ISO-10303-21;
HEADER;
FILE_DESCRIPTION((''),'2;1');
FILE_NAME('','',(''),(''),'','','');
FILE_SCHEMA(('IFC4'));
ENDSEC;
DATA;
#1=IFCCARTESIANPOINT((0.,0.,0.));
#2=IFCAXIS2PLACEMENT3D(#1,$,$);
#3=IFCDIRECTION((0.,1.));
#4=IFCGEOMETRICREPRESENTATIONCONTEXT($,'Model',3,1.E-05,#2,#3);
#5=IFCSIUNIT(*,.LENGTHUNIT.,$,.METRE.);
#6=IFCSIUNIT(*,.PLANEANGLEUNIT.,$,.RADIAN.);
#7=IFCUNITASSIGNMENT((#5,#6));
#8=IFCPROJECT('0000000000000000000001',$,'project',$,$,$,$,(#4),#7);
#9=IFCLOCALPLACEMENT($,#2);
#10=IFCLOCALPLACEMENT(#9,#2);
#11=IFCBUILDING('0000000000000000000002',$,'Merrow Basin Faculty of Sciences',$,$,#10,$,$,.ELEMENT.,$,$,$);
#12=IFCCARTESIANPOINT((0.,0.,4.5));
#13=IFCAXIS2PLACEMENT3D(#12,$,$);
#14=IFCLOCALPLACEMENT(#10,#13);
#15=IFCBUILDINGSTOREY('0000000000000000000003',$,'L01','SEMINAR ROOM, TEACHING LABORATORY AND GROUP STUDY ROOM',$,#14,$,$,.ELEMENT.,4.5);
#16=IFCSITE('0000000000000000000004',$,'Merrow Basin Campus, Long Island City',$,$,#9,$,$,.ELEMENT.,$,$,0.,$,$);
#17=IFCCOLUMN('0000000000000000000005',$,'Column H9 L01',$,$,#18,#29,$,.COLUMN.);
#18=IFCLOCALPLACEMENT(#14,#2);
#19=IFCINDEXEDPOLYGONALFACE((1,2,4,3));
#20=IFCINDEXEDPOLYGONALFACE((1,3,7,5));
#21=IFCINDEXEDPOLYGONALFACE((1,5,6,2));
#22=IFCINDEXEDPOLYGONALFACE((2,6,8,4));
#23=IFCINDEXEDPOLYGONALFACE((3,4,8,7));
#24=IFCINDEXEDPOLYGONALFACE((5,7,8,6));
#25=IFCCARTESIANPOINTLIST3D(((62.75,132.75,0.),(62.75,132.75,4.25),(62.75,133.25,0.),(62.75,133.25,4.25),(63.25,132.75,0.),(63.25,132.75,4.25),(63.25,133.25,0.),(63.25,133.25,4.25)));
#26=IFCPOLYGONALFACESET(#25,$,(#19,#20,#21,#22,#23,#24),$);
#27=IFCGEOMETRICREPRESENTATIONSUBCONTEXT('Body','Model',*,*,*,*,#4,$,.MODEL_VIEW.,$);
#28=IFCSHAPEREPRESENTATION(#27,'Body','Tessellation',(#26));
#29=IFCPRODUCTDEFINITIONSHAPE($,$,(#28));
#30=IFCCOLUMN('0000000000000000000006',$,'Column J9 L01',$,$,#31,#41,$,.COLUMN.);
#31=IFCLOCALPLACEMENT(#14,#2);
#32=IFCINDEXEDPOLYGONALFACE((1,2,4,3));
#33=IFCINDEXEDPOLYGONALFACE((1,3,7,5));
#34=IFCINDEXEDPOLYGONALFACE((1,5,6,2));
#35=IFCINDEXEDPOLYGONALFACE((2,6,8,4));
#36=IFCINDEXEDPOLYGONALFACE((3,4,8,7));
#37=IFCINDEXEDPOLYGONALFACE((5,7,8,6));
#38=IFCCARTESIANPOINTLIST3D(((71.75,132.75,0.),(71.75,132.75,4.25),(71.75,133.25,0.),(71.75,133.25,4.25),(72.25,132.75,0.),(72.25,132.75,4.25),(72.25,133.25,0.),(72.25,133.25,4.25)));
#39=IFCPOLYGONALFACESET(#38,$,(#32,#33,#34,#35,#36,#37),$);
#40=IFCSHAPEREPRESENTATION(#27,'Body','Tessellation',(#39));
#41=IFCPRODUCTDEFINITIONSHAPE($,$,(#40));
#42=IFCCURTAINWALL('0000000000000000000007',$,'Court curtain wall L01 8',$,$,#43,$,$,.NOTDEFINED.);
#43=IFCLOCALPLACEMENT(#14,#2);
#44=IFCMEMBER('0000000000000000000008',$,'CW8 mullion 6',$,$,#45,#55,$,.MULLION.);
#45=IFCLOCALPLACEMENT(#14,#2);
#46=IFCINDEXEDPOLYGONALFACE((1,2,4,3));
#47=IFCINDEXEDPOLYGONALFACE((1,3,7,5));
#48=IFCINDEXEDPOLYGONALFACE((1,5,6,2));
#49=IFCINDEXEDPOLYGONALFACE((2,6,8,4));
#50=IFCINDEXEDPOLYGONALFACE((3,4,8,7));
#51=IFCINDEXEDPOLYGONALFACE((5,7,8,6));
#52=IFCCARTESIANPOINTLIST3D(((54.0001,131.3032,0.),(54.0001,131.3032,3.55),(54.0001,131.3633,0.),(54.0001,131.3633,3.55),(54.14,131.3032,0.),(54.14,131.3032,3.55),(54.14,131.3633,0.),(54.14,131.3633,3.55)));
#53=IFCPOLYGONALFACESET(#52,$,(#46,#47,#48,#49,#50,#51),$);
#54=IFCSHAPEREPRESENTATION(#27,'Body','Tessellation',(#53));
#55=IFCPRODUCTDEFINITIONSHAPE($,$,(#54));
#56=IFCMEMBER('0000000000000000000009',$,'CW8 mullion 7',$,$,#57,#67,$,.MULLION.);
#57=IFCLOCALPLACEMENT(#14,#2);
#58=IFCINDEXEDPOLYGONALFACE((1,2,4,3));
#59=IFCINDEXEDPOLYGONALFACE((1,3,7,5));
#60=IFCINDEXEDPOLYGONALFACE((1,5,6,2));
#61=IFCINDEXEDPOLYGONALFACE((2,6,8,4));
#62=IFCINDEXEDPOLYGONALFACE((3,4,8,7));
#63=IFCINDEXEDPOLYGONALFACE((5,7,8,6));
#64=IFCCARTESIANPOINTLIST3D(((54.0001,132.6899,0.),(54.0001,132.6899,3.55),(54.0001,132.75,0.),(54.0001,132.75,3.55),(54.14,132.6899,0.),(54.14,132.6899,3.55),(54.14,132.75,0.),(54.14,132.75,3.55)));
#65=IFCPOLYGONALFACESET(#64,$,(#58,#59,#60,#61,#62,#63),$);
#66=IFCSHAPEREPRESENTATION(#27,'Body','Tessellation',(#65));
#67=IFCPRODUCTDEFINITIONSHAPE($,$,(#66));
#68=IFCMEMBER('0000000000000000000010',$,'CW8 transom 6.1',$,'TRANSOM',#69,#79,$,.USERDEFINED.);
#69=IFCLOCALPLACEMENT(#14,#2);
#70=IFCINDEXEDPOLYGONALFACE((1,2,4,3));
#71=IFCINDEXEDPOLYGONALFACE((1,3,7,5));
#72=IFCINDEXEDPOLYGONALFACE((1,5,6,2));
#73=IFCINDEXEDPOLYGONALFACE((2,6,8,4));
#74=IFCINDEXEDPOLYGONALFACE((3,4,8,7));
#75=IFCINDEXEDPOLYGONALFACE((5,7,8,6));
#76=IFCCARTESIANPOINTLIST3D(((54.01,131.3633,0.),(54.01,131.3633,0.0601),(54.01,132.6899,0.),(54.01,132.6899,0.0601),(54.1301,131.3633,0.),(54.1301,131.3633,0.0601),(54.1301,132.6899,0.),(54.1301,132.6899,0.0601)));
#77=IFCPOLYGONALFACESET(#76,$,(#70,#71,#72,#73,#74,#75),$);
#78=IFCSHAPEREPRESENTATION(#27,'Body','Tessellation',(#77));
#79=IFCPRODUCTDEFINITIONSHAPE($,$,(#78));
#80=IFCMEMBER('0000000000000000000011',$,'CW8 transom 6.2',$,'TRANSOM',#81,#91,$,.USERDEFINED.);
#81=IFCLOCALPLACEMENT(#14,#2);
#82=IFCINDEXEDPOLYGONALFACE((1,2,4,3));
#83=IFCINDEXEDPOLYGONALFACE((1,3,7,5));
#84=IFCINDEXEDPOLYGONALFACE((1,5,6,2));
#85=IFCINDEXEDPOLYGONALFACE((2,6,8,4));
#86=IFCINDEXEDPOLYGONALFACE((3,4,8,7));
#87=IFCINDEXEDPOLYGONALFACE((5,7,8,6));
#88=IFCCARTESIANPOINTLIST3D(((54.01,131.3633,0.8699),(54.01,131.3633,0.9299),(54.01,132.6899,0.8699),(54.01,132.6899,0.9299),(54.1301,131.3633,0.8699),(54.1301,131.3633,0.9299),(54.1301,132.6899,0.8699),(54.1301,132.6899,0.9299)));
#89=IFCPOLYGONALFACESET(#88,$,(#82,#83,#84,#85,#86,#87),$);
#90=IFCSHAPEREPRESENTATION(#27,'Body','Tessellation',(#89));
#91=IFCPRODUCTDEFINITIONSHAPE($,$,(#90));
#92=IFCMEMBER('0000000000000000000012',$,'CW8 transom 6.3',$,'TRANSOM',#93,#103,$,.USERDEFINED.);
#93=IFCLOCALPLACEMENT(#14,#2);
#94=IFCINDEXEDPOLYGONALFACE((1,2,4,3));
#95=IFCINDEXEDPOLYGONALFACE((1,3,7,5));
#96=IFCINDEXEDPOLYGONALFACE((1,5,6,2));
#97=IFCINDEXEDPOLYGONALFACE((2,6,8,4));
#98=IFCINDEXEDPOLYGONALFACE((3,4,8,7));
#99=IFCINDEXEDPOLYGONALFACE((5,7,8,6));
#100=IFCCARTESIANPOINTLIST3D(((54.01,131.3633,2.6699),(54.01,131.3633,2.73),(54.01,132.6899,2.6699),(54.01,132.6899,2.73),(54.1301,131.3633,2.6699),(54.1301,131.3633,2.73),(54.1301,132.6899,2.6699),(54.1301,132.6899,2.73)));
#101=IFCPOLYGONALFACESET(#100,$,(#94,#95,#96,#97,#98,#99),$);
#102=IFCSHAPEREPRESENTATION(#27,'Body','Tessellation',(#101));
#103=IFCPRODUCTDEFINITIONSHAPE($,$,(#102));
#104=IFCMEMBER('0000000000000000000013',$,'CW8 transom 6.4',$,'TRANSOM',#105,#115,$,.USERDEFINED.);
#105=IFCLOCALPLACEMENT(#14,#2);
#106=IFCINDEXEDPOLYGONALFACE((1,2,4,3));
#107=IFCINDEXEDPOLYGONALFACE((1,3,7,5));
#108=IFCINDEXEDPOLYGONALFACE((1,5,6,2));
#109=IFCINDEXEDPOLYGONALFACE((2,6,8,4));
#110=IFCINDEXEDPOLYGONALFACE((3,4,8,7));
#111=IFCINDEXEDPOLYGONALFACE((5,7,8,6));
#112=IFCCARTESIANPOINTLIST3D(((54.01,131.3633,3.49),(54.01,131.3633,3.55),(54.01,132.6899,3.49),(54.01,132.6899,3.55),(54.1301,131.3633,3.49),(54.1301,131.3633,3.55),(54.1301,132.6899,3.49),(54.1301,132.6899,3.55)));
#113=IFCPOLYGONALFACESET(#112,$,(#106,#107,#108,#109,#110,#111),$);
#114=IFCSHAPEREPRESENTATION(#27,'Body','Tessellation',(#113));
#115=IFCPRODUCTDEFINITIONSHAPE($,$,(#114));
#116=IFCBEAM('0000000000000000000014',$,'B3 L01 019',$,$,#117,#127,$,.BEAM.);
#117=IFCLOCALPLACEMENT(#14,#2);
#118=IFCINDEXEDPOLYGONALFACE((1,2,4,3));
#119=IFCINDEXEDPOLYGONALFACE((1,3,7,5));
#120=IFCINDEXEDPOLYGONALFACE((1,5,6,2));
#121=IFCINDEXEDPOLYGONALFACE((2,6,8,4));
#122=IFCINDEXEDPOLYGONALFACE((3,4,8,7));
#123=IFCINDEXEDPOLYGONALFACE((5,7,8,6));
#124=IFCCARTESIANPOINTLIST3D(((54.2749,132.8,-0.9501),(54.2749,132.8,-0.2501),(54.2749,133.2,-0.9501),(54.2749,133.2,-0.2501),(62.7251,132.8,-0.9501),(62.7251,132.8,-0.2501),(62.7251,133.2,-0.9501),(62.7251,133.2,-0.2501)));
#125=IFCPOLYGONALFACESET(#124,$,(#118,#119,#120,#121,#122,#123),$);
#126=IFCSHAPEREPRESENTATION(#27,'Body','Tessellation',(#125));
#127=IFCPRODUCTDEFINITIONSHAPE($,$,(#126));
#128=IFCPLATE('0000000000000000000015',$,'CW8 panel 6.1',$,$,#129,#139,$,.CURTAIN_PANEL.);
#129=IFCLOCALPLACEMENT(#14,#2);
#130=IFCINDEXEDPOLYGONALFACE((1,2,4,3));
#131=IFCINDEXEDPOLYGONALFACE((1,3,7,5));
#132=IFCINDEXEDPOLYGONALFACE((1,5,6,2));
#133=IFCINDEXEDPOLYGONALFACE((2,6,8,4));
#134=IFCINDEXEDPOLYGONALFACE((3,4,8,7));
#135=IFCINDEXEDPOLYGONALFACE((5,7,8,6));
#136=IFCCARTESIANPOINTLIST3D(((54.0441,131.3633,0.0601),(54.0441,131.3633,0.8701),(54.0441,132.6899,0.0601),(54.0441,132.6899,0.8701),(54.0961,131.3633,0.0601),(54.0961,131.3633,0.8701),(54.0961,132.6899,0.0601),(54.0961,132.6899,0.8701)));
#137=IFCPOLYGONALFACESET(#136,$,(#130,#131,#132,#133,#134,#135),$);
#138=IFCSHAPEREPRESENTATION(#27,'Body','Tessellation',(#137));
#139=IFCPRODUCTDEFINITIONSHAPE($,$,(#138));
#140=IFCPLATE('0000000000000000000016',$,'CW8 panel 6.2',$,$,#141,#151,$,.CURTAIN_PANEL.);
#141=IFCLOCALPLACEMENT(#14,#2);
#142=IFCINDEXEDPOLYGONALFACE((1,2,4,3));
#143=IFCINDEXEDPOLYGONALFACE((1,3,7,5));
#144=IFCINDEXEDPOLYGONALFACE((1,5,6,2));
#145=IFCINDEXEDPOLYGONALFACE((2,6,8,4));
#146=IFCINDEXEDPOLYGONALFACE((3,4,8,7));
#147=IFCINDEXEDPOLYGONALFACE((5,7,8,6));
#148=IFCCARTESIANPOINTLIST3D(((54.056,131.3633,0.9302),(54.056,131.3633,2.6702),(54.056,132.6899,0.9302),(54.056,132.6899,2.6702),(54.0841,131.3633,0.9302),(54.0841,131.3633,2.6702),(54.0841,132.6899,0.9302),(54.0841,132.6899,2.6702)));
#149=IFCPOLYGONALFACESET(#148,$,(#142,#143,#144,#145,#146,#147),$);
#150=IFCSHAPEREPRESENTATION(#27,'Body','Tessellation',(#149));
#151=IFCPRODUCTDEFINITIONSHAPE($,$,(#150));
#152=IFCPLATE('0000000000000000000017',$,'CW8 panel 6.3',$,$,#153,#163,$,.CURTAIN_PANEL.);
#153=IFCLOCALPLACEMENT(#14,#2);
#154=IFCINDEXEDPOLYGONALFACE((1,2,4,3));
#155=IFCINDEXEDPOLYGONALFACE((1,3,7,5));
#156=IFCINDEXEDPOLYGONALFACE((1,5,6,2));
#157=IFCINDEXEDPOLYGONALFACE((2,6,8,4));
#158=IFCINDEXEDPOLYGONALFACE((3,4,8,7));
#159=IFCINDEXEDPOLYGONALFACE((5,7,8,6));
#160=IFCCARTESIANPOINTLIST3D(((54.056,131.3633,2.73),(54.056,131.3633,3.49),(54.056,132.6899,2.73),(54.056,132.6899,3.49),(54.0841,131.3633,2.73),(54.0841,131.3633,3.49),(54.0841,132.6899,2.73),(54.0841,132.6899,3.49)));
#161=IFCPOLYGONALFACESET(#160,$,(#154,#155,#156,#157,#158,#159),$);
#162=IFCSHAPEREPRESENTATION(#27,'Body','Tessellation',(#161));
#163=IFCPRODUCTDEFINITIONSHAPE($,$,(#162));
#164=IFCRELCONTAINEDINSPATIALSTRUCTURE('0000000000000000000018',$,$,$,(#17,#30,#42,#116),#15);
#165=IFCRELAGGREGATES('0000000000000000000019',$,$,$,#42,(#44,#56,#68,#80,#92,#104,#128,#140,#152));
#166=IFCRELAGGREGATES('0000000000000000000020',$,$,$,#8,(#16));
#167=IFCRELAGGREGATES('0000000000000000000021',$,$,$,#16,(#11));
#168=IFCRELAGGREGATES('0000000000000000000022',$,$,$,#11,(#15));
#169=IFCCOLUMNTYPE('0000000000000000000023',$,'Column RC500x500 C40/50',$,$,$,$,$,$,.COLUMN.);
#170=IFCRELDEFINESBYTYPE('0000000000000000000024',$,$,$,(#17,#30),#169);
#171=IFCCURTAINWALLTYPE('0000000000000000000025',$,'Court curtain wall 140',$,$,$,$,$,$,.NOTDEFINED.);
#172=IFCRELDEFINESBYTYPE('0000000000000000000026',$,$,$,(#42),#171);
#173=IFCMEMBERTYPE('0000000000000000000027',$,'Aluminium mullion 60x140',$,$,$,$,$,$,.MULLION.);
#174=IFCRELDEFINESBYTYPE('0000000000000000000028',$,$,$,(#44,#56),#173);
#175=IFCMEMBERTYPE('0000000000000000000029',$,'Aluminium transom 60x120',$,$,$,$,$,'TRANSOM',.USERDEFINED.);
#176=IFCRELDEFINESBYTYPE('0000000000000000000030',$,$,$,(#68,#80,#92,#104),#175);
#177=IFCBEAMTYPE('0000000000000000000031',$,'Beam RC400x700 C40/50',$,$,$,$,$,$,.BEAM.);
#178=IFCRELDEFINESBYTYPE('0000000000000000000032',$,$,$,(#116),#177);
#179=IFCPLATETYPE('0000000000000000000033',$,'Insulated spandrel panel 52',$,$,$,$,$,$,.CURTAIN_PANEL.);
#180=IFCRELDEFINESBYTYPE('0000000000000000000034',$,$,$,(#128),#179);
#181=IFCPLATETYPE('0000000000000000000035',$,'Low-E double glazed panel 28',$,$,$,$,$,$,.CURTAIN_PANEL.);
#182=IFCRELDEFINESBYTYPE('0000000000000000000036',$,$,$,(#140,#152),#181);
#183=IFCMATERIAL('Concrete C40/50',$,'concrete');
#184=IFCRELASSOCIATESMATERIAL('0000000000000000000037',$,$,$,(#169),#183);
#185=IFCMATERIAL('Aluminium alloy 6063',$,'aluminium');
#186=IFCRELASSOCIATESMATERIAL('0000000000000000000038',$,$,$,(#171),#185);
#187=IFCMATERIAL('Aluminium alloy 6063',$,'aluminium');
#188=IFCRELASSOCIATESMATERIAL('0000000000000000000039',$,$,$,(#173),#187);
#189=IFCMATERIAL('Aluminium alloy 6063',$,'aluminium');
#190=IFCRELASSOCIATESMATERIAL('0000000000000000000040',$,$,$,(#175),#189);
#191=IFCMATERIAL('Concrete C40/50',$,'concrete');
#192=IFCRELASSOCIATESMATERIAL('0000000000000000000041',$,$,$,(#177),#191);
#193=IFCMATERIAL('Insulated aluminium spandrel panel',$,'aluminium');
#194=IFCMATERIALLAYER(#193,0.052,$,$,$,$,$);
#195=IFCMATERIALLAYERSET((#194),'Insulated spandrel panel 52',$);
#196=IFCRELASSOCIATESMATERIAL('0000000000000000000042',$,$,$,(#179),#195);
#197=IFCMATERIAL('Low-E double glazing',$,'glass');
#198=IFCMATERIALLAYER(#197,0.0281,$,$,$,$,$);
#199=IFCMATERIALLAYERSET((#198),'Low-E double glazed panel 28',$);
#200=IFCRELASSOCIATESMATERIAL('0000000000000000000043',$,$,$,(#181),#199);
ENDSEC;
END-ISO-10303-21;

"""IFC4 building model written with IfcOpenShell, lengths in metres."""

from ifc_helpers import new_model, si_unit, direction, frame, origin, origin_2d, place, context, subcontext, project, spatial, rectangle, extrude, material, layer, layer_set, material_profile, profile_set, type_object, element, aggregate, save


model = new_model("IFC4")

# Units and contexts
model_context = context("Model", 3, precision=1e-05, world=origin(), true_north=direction((0.0, 1.0)))
body_context = subcontext(model_context, "Body", "Model", "MODEL_VIEW")
ifc_project = project(units=[si_unit("LENGTHUNIT", "METRE"), si_unit("PLANEANGLEUNIT", "RADIAN")], contexts=[model_context])

# Site, building, storey
site_placement = place(None, origin())
site = spatial("IfcSite", under=ifc_project, at=site_placement, Name="Merrow Basin Campus, Long Island City", CompositionType="ELEMENT", RefElevation=0.0)
building_placement = place(site_placement, origin())
building = spatial("IfcBuilding", under=site, at=building_placement, Name="Merrow Basin Faculty of Sciences", CompositionType="ELEMENT")
storey_placement = place(building_placement, frame((0.0, 0.0, 4.5)))
storey = spatial("IfcBuildingStorey", under=building, at=storey_placement, Name="L01", Description="SEMINAR ROOM, TEACHING LABORATORY AND GROUP STUDY ROOM", CompositionType="ELEMENT", Elevation=4.5)

# Columns
ifc_material_1 = material(Name="Concrete C40/50", Category="concrete")
ifc_material_profile_1 = material_profile(ifc_material_1, rectangle(XDim=0.5, YDim=0.5, at=origin_2d()))
ifc_profile_set_1 = profile_set([ifc_material_profile_1], Name="Concrete C40/50")
column_type = type_object("IfcColumnType", Name="Column RC500x500 C40/50", PredefinedType="COLUMN", material=ifc_profile_set_1)
for number, where, z_axis, x_axis, name in (
    (1, (63.0, 133.0, 0.0), (0.0, 0.0, 1.0), (1.0, 0.0, 0.0), "Column H9 L01"),
    (2, (72.0, 133.0, 0.0), (0.0, 0.0, 1.0), (1.0, 0.0, 0.0), "Column J9 L01"),
):
    element("IfcColumn", number, at=place(storey_placement, frame(where, z_axis=z_axis, x_axis=x_axis)), inside=storey, type_object=column_type, Name=name, PredefinedType="COLUMN", context=body_context, shape_type="SweptSolid", body=[
        extrude(rectangle(XDim=0.5, YDim=0.5, at=origin_2d()), origin(), (0.0, 0.0, 1.0), 4.25),
    ])

# Curtain wall, members
ifc_material_2 = material(Name="Aluminium alloy 6063", Category="aluminium")
curtain_wall_type = type_object("IfcCurtainWallType", Name="Court curtain wall 140", PredefinedType="NOTDEFINED", material=ifc_material_2)
curtain_wall_placement = place(storey_placement, origin())
curtain_wall = element("IfcCurtainWall", 3, at=curtain_wall_placement, inside=storey, type_object=curtain_wall_type, Name="Court curtain wall L01 8", PredefinedType="NOTDEFINED")
ifc_material_3 = material(Name="Aluminium alloy 6063", Category="aluminium")
ifc_material_profile_2 = material_profile(ifc_material_3, rectangle(XDim=0.1399, YDim=0.0601, at=origin_2d()))
ifc_profile_set_2 = profile_set([ifc_material_profile_2], Name="Aluminium alloy 6063")
member_type_1 = type_object("IfcMemberType", Name="Aluminium mullion 60x140", PredefinedType="MULLION", material=ifc_profile_set_2)
member_1_placement = place(storey_placement, frame((54.0701, 131.3333, 0.0), z_axis=(0.0, 0.0, 1.0), x_axis=(-1.0, 0.0, 0.0)))
member_1 = element("IfcMember", 4, at=member_1_placement, type_object=member_type_1, Name="CW8 mullion 6", PredefinedType="MULLION", context=body_context, shape_type="SweptSolid", body=[
    extrude(rectangle(XDim=0.1399, YDim=0.0601, at=origin_2d()), origin(), (0.0, 0.0, 1.0), 3.55),
])
member_2_placement = place(storey_placement, frame((54.0701, 132.72, 0.0), z_axis=(0.0, 0.0, 1.0), x_axis=(-1.0, 0.0, 0.0)))
member_2 = element("IfcMember", 5, at=member_2_placement, type_object=member_type_1, Name="CW8 mullion 7", PredefinedType="MULLION", context=body_context, shape_type="SweptSolid", body=[
    extrude(rectangle(XDim=0.1399, YDim=0.0601, at=origin_2d()), origin(), (0.0, 0.0, 1.0), 3.55),
])
ifc_material_4 = material(Name="Aluminium alloy 6063", Category="aluminium")
ifc_material_profile_3 = material_profile(ifc_material_4, rectangle(XDim=0.1201, YDim=0.0601, at=origin_2d()))
ifc_profile_set_3 = profile_set([ifc_material_profile_3], Name="Aluminium alloy 6063")
member_type_2 = type_object("IfcMemberType", Name="Aluminium transom 60x120", ElementType="TRANSOM", PredefinedType="USERDEFINED", material=ifc_profile_set_3)
member_3_placement = place(storey_placement, frame((54.0701, 131.3633, 0.03), z_axis=(0.0, 1.0, 0.0), x_axis=(-1.0, 0.0, 0.0)))
member_3 = element("IfcMember", 6, at=member_3_placement, type_object=member_type_2, Name="CW8 transom 6.1", ObjectType="TRANSOM", PredefinedType="USERDEFINED", context=body_context, shape_type="SweptSolid", body=[
    extrude(rectangle(XDim=0.1201, YDim=0.0601, at=origin_2d()), origin(), (0.0, 0.0, 1.0), 1.3267),
])
member_4_placement = place(storey_placement, frame((54.0701, 131.3633, 0.8999), z_axis=(0.0, 1.0, 0.0), x_axis=(-1.0, 0.0, 0.0)))
member_4 = element("IfcMember", 7, at=member_4_placement, type_object=member_type_2, Name="CW8 transom 6.2", ObjectType="TRANSOM", PredefinedType="USERDEFINED", context=body_context, shape_type="SweptSolid", body=[
    extrude(rectangle(XDim=0.1201, YDim=0.0601, at=origin_2d()), origin(), (0.0, 0.0, 1.0), 1.3267),
])
member_5_placement = place(storey_placement, frame((54.0701, 131.3633, 2.7), z_axis=(0.0, 1.0, 0.0), x_axis=(-1.0, 0.0, 0.0)))
member_5 = element("IfcMember", 8, at=member_5_placement, type_object=member_type_2, Name="CW8 transom 6.3", ObjectType="TRANSOM", PredefinedType="USERDEFINED", context=body_context, shape_type="SweptSolid", body=[
    extrude(rectangle(XDim=0.1201, YDim=0.0601, at=origin_2d()), origin(), (0.0, 0.0, 1.0), 1.3267),
])
member_6_placement = place(storey_placement, frame((54.0701, 131.3633, 3.52), z_axis=(0.0, 1.0, 0.0), x_axis=(-1.0, 0.0, 0.0)))
member_6 = element("IfcMember", 9, at=member_6_placement, type_object=member_type_2, Name="CW8 transom 6.4", ObjectType="TRANSOM", PredefinedType="USERDEFINED", context=body_context, shape_type="SweptSolid", body=[
    extrude(rectangle(XDim=0.1201, YDim=0.0601, at=origin_2d()), origin(), (0.0, 0.0, 1.0), 1.3267),
])

# Beam
ifc_material_5 = material(Name="Concrete C40/50", Category="concrete")
ifc_material_profile_4 = material_profile(ifc_material_5, rectangle(XDim=0.3999, YDim=0.7, at=origin_2d()))
ifc_profile_set_4 = profile_set([ifc_material_profile_4], Name="Concrete C40/50")
beam_type = type_object("IfcBeamType", Name="Beam RC400x700 C40/50", PredefinedType="BEAM", material=ifc_profile_set_4)
beam_placement = place(storey_placement, frame((54.2749, 133.0, -0.6001), z_axis=(1.0, 0.0, 0.0), x_axis=(0.0, 1.0, 0.0)))
element("IfcBeam", 10, at=beam_placement, inside=storey, type_object=beam_type, Name="B3 L01 019", PredefinedType="BEAM", context=body_context, shape_type="SweptSolid", body=[
    extrude(rectangle(XDim=0.3999, YDim=0.7, at=origin_2d()), origin(), (0.0, 0.0, 1.0), 8.4502),
])

# Plates
ifc_material_6 = material(Name="Insulated aluminium spandrel panel", Category="aluminium")
ifc_layer_1 = layer(ifc_material_6, 0.052)
ifc_layer_set_1 = layer_set([ifc_layer_1], Name="Insulated spandrel panel 52")
plate_type_1 = type_object("IfcPlateType", Name="Insulated spandrel panel 52", PredefinedType="CURTAIN_PANEL", material=ifc_layer_set_1)
plate_1_placement = place(storey_placement, frame((54.0701, 132.0266, 0.0601), z_axis=(0.0, 0.0, 1.0), x_axis=(0.0, 1.0, 0.0)))
plate_1 = element("IfcPlate", 11, at=plate_1_placement, type_object=plate_type_1, Name="CW8 panel 6.1", PredefinedType="CURTAIN_PANEL", context=body_context, shape_type="SweptSolid", body=[
    extrude(rectangle(XDim=1.3267, YDim=0.052, at=origin_2d()), origin(), (0.0, 0.0, 1.0), 0.8101),
])
ifc_material_7 = material(Name="Low-E double glazing", Category="glass")
ifc_layer_2 = layer(ifc_material_7, 0.0281)
ifc_layer_set_2 = layer_set([ifc_layer_2], Name="Low-E double glazed panel 28")
plate_type_2 = type_object("IfcPlateType", Name="Low-E double glazed panel 28", PredefinedType="CURTAIN_PANEL", material=ifc_layer_set_2)
plate_2_placement = place(storey_placement, frame((54.0701, 132.0266, 0.9302), z_axis=(0.0, 0.0, 1.0), x_axis=(0.0, 1.0, 0.0)))
plate_2 = element("IfcPlate", 12, at=plate_2_placement, type_object=plate_type_2, Name="CW8 panel 6.2", PredefinedType="CURTAIN_PANEL", context=body_context, shape_type="SweptSolid", body=[
    extrude(rectangle(XDim=1.3267, YDim=0.0281, at=origin_2d()), origin(), (0.0, 0.0, 1.0), 1.74),
])
plate_3_placement = place(storey_placement, frame((54.0701, 132.0266, 2.73), z_axis=(0.0, 0.0, 1.0), x_axis=(0.0, 1.0, 0.0)))
plate_3 = element("IfcPlate", 13, at=plate_3_placement, type_object=plate_type_2, Name="CW8 panel 6.3", PredefinedType="CURTAIN_PANEL", context=body_context, shape_type="SweptSolid", body=[
    extrude(rectangle(XDim=1.3267, YDim=0.0281, at=origin_2d()), origin(), (0.0, 0.0, 1.0), 0.76),
])
aggregate(curtain_wall, [member_1, member_2, member_3, member_4, member_5, member_6, plate_1, plate_2, plate_3])

save(model, "model.ifc")
